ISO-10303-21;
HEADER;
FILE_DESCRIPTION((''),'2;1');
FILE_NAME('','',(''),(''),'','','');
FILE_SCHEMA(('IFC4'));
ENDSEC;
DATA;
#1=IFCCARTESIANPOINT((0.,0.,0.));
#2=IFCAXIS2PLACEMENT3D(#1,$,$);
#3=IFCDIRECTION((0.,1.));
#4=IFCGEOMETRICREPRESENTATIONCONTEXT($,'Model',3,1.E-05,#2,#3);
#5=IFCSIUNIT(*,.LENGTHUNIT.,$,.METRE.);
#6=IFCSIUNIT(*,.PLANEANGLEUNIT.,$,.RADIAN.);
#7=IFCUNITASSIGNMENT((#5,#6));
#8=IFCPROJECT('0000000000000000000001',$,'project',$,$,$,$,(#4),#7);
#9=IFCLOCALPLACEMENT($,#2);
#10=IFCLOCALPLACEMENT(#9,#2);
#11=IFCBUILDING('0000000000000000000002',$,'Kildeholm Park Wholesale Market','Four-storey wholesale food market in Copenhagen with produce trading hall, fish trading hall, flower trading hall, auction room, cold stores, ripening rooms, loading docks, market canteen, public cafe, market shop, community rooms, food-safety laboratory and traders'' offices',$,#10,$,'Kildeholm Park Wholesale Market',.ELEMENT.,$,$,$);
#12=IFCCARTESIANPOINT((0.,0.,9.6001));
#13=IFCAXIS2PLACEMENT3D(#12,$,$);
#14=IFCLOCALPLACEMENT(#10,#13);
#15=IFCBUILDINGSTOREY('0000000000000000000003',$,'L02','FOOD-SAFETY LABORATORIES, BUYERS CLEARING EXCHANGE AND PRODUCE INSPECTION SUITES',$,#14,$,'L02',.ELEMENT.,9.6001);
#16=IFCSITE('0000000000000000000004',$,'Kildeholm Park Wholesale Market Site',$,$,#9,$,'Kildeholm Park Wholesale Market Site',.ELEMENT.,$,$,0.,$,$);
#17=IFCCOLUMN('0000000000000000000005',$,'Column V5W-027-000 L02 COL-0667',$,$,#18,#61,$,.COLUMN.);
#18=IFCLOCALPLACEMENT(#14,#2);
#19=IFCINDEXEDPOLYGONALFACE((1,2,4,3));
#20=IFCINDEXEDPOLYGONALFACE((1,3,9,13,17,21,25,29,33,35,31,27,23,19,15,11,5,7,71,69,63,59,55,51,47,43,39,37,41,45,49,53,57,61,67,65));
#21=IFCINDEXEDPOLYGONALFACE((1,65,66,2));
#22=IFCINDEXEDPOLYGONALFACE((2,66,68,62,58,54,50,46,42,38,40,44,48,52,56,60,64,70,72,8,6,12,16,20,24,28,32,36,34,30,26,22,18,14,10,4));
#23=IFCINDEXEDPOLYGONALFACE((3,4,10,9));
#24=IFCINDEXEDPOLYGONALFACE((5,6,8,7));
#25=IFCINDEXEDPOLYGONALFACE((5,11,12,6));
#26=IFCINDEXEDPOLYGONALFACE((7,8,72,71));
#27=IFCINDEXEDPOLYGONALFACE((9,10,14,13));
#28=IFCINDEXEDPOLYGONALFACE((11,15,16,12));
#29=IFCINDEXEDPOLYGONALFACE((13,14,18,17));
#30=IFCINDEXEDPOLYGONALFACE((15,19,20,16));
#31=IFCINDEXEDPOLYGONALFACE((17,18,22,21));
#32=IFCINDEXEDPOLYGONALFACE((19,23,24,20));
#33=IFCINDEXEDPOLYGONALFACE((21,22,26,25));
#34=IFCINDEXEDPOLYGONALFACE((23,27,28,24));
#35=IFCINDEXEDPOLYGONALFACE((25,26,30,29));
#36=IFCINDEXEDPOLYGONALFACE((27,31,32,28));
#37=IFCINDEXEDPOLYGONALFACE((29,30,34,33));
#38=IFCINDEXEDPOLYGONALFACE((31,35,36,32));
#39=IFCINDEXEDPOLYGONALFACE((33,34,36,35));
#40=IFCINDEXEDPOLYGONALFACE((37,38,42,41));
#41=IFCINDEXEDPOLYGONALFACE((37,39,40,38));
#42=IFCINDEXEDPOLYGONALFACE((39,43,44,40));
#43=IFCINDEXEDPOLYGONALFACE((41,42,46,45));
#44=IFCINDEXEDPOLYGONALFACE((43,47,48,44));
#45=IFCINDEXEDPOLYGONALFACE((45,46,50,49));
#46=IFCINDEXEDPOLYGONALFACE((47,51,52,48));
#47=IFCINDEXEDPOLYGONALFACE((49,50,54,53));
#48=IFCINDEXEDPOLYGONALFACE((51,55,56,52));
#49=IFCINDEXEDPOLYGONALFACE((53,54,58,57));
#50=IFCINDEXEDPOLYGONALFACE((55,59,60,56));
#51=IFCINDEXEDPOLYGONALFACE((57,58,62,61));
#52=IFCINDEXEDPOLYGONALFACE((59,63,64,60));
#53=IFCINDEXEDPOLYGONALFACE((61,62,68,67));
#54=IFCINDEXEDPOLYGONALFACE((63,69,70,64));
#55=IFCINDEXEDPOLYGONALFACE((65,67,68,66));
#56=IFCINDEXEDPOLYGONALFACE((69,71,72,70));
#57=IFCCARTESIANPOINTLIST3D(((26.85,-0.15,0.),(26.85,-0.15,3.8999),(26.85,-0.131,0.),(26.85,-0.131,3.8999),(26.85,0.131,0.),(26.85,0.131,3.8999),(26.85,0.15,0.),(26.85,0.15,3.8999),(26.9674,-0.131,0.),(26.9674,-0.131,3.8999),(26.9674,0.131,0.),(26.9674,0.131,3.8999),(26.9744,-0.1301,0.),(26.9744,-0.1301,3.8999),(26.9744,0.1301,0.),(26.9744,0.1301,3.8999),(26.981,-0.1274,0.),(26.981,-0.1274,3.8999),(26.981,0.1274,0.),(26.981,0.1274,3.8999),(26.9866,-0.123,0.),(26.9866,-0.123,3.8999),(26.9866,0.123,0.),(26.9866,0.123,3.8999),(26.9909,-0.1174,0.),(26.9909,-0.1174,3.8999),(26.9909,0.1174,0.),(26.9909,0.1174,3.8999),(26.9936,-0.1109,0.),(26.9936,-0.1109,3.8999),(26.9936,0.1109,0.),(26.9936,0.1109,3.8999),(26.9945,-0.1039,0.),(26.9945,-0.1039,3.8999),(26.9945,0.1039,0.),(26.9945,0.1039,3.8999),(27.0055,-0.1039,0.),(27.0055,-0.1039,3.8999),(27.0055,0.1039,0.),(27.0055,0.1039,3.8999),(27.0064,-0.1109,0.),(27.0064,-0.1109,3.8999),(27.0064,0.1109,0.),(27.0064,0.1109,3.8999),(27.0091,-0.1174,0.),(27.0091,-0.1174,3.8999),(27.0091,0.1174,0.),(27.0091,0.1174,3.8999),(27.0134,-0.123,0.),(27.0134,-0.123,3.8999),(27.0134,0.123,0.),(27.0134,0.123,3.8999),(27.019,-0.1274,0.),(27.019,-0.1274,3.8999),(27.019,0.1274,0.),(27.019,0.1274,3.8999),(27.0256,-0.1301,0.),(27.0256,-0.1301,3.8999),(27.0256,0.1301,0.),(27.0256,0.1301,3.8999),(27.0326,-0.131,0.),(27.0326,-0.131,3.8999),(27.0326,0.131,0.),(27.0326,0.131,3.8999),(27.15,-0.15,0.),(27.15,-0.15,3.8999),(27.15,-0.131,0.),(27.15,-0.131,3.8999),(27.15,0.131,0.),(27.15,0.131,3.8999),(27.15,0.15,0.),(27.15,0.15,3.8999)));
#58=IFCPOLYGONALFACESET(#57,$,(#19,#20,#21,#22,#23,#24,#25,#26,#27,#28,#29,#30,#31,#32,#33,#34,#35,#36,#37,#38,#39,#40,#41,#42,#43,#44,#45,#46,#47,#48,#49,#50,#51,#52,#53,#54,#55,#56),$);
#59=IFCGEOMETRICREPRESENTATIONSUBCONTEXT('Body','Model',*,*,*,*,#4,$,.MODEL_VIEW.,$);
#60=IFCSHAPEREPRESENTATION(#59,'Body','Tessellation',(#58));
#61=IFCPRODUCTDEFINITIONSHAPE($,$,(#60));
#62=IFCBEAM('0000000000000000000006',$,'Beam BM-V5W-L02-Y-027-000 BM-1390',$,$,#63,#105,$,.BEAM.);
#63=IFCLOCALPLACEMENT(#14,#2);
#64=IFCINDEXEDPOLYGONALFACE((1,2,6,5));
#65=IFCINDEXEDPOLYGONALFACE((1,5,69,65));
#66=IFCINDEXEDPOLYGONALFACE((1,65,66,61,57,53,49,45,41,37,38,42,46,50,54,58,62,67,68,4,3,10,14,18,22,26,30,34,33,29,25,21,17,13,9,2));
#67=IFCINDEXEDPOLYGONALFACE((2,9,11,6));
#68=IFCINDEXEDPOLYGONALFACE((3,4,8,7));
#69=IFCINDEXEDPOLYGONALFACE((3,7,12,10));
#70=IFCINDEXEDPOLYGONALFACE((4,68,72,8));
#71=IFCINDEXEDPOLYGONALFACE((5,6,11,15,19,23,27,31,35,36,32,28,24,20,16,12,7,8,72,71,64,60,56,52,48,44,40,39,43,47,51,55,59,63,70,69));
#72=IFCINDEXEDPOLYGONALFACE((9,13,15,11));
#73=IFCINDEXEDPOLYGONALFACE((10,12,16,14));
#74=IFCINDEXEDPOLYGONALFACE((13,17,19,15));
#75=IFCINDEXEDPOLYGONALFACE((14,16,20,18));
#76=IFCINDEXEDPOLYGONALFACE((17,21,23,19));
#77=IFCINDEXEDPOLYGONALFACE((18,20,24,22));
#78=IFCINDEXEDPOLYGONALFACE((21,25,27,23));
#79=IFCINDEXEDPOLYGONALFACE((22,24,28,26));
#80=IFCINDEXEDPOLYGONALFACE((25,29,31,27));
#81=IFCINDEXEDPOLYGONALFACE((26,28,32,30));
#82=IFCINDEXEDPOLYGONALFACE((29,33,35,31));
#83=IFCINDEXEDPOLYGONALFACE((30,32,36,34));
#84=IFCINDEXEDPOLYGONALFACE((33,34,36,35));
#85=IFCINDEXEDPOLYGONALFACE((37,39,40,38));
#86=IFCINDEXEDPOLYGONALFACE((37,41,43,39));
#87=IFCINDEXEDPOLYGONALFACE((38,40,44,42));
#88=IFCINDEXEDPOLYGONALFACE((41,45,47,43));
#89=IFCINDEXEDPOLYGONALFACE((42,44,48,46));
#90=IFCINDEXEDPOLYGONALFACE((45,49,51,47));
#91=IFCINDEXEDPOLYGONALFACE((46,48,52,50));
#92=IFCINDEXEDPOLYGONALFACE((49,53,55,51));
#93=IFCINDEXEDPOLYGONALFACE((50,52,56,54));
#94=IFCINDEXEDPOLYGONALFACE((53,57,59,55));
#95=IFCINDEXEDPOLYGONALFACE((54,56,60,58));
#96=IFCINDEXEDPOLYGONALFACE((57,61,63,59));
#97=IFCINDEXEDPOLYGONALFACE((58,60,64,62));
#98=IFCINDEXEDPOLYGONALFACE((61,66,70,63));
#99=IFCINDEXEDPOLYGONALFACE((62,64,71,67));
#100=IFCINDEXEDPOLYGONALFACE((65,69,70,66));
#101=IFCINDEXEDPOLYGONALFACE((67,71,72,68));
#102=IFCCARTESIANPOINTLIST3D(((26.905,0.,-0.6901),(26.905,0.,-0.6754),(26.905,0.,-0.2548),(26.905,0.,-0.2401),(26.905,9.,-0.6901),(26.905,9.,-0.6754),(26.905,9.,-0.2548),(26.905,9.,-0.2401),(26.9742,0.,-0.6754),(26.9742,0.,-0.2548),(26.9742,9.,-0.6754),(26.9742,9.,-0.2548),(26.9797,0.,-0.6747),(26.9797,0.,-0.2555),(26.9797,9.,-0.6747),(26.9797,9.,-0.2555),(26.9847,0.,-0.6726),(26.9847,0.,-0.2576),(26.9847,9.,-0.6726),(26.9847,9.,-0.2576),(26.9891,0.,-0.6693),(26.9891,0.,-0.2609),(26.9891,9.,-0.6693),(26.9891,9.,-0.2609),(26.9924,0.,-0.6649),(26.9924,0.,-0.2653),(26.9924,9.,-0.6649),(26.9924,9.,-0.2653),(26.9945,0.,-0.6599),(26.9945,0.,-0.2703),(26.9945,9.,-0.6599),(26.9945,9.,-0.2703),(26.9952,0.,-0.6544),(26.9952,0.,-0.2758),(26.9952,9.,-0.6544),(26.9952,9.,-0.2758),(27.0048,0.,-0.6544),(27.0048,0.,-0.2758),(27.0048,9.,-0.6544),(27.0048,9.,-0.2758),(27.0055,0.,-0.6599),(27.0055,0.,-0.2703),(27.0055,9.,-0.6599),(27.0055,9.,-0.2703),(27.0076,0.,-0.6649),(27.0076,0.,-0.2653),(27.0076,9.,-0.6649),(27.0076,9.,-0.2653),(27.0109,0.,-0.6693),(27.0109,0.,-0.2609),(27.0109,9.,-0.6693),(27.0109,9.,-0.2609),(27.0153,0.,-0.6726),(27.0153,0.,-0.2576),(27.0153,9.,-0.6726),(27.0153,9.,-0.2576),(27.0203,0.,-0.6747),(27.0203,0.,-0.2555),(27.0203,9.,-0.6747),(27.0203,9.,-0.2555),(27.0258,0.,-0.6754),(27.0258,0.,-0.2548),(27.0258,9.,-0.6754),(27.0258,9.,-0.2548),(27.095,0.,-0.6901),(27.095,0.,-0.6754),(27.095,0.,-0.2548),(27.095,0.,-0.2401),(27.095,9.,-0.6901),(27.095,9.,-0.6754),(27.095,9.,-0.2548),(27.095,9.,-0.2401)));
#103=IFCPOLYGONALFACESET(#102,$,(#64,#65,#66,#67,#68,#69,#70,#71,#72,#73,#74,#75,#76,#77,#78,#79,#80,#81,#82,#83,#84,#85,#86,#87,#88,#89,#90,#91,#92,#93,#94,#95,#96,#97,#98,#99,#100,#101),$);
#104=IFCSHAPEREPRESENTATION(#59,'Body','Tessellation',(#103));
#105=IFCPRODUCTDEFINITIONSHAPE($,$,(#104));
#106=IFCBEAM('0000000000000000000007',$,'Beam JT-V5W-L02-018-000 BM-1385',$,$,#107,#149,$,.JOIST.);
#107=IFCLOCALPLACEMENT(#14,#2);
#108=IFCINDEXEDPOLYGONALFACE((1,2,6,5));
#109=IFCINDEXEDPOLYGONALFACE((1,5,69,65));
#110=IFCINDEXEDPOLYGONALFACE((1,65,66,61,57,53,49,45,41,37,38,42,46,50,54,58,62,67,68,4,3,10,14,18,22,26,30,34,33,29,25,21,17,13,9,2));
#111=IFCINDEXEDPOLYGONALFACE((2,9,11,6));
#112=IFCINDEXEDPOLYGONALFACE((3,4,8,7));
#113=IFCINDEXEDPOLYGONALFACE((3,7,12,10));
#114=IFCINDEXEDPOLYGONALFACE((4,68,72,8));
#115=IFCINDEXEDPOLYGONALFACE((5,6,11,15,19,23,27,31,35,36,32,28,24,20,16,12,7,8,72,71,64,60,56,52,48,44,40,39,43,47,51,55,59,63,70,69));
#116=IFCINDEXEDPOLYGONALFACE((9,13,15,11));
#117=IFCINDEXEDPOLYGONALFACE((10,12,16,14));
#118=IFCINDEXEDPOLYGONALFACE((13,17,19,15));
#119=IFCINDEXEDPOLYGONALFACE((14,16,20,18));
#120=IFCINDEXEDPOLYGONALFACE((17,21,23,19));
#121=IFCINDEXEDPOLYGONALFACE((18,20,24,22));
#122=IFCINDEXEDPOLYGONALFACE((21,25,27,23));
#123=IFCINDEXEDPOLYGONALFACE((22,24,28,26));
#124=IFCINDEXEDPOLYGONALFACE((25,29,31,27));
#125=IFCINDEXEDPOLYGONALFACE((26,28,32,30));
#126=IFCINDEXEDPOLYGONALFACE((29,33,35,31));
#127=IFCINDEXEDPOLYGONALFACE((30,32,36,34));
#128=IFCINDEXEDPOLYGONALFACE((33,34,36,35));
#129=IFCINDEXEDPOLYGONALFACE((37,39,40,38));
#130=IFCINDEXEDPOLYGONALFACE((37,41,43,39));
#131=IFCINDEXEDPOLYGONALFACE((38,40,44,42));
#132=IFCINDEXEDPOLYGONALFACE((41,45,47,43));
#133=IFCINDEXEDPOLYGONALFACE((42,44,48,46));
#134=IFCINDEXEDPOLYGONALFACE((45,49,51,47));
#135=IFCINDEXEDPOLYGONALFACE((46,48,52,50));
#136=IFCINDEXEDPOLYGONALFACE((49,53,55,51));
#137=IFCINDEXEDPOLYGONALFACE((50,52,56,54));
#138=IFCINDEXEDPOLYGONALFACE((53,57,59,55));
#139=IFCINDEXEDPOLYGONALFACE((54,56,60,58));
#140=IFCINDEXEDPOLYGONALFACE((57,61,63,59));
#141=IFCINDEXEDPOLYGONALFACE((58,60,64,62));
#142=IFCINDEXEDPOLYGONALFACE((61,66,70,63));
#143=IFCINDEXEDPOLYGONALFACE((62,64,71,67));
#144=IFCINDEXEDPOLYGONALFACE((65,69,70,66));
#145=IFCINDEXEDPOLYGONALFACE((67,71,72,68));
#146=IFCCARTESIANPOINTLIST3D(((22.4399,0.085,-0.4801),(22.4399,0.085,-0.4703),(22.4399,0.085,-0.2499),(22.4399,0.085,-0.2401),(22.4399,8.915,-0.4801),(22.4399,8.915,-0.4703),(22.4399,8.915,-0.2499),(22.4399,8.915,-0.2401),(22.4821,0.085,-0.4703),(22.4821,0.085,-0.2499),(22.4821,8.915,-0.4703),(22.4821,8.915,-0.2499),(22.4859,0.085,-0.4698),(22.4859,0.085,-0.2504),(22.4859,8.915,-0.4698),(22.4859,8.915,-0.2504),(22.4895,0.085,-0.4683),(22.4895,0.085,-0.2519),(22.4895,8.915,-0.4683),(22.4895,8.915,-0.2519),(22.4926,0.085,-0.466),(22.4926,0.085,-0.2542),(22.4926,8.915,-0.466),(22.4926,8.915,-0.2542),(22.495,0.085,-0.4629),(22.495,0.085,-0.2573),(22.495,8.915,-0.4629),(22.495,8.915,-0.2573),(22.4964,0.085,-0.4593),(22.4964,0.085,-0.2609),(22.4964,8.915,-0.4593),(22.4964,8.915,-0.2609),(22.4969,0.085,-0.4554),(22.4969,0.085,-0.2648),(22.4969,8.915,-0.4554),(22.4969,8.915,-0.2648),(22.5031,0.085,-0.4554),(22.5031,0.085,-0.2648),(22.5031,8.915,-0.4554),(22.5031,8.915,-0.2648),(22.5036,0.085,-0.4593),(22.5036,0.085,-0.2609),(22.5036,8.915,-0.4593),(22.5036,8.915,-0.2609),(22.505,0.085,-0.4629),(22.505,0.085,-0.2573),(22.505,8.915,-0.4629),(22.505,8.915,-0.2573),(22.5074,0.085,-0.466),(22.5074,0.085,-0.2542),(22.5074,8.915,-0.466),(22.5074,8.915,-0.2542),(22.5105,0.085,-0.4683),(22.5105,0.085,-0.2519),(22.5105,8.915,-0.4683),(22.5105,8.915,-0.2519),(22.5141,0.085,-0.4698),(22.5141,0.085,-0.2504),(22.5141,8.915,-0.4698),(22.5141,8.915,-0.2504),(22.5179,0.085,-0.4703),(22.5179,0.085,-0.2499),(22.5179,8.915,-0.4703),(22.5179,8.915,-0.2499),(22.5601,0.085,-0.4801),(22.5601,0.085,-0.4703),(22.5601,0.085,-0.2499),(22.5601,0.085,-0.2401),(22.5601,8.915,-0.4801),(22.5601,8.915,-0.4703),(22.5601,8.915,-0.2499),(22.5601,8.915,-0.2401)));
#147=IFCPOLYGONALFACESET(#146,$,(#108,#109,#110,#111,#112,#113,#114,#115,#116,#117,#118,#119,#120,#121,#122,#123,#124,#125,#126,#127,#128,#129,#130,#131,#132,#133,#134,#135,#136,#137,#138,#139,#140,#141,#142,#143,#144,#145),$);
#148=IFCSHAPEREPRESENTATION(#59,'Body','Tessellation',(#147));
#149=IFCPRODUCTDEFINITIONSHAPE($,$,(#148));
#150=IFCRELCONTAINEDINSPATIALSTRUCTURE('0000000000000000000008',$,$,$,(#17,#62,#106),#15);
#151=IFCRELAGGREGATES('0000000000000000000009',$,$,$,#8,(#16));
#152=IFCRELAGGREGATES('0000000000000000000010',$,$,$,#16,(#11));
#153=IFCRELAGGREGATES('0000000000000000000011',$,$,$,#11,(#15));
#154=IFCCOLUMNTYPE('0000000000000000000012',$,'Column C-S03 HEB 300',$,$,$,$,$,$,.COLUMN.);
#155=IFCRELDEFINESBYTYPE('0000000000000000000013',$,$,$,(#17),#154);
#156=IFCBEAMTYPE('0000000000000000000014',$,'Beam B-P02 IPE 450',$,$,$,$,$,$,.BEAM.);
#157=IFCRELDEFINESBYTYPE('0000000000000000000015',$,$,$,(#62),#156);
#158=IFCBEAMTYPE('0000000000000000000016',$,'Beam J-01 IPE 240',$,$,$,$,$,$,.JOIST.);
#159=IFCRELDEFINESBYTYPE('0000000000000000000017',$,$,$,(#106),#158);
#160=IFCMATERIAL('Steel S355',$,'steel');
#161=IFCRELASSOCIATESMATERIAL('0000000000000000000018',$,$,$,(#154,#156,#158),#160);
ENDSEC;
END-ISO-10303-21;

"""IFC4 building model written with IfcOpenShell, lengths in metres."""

from ifc_helpers import new_model, si_unit, direction, frame, origin, origin_2d, place, context, subcontext, project, spatial, i_section, extrude, material, material_profile, profile_set, type_object, element, save


model = new_model("IFC4")

# Units and contexts
model_context = context("Model", 3, precision=1e-05, world=origin(), true_north=direction((0.0, 1.0)))
body_context = subcontext(model_context, "Body", "Model", "MODEL_VIEW")
ifc_project = project(units=[si_unit("LENGTHUNIT", "METRE"), si_unit("PLANEANGLEUNIT", "RADIAN")], contexts=[model_context])

# Site, building, storey
site_placement = place(None, origin())
site = spatial("IfcSite", under=ifc_project, at=site_placement, Name="Kildeholm Park Wholesale Market Site", LongName="Kildeholm Park Wholesale Market Site", CompositionType="ELEMENT", RefElevation=0.0)
building_placement = place(site_placement, origin())
building = spatial("IfcBuilding", under=site, at=building_placement, Name="Kildeholm Park Wholesale Market", Description="Four-storey wholesale food market in Copenhagen with produce trading hall, fish trading hall, flower trading hall, auction room, cold stores, ripening rooms, loading docks, market canteen, public cafe, market shop, community rooms, food-safety laboratory and traders' offices", LongName="Kildeholm Park Wholesale Market", CompositionType="ELEMENT")
storey_placement = place(building_placement, frame((0.0, 0.0, 9.6001)))
storey = spatial("IfcBuildingStorey", under=building, at=storey_placement, Name="L02", Description="FOOD-SAFETY LABORATORIES, BUYERS CLEARING EXCHANGE AND PRODUCE INSPECTION SUITES", LongName="L02", CompositionType="ELEMENT", Elevation=9.6001)

# Column
ifc_material_1 = material(Name="Steel S355", Category="steel")
ifc_material_profile_1 = material_profile(ifc_material_1, i_section(OverallWidth=0.3, OverallDepth=0.3, WebThickness=0.011, FlangeThickness=0.019, FilletRadius=0.0271, at=origin_2d()), Name="HEB 300")
ifc_profile_set_1 = profile_set([ifc_material_profile_1], Name="Steel S355")
column_type = type_object("IfcColumnType", Name="Column C-S03 HEB 300", PredefinedType="COLUMN", material=ifc_profile_set_1)
column_placement = place(storey_placement, frame((27.0, 0.0, 0.0), z_axis=(0.0, 0.0, 1.0), x_axis=(1.0, 0.0, 0.0)))
element("IfcColumn", 1, at=column_placement, inside=storey, type_object=column_type, Name="Column V5W-027-000 L02 COL-0667", PredefinedType="COLUMN", context=body_context, shape_type="SweptSolid", body=[
    extrude(i_section(OverallWidth=0.3, OverallDepth=0.3, WebThickness=0.011, FlangeThickness=0.019, FilletRadius=0.0271, at=origin_2d()), origin(), (0.0, 0.0, 1.0), 3.8999),
])

# Beams
ifc_material_profile_2 = material_profile(ifc_material_1, i_section(OverallWidth=0.1899, OverallDepth=0.45, WebThickness=0.0095, FlangeThickness=0.0146, FilletRadius=0.021, at=origin_2d()), Name="IPE 450")
ifc_profile_set_2 = profile_set([ifc_material_profile_2], Name="Steel S355")
beam_type_1 = type_object("IfcBeamType", Name="Beam B-P02 IPE 450", PredefinedType="BEAM", material=ifc_profile_set_2)
beam_1_placement = place(storey_placement, frame((27.0, 0.0, -0.4651), z_axis=(0.0, 1.0, 0.0), x_axis=(-1.0, 0.0, 0.0)))
element("IfcBeam", 2, at=beam_1_placement, inside=storey, type_object=beam_type_1, Name="Beam BM-V5W-L02-Y-027-000 BM-1390", PredefinedType="BEAM", context=body_context, shape_type="SweptSolid", body=[
    extrude(i_section(OverallWidth=0.1899, OverallDepth=0.45, WebThickness=0.0095, FlangeThickness=0.0146, FilletRadius=0.021, at=origin_2d()), origin(), (0.0, 0.0, 1.0), 9.0),
])
ifc_material_profile_3 = material_profile(ifc_material_1, i_section(OverallWidth=0.1201, OverallDepth=0.24, WebThickness=0.0061, FlangeThickness=0.0098, FilletRadius=0.0149, at=origin_2d()), Name="IPE 240")
ifc_profile_set_3 = profile_set([ifc_material_profile_3], Name="Steel S355")
beam_type_2 = type_object("IfcBeamType", Name="Beam J-01 IPE 240", PredefinedType="JOIST", material=ifc_profile_set_3)
beam_2_placement = place(storey_placement, frame((22.5, 0.085, -0.3601), z_axis=(0.0, 1.0, 0.0), x_axis=(-1.0, 0.0, 0.0)))
element("IfcBeam", 3, at=beam_2_placement, inside=storey, type_object=beam_type_2, Name="Beam JT-V5W-L02-018-000 BM-1385", PredefinedType="JOIST", context=body_context, shape_type="SweptSolid", body=[
    extrude(i_section(OverallWidth=0.1201, OverallDepth=0.24, WebThickness=0.0061, FlangeThickness=0.0098, FilletRadius=0.0149, at=origin_2d()), origin(), (0.0, 0.0, 1.0), 8.8301),
])

save(model, "model.ifc")
